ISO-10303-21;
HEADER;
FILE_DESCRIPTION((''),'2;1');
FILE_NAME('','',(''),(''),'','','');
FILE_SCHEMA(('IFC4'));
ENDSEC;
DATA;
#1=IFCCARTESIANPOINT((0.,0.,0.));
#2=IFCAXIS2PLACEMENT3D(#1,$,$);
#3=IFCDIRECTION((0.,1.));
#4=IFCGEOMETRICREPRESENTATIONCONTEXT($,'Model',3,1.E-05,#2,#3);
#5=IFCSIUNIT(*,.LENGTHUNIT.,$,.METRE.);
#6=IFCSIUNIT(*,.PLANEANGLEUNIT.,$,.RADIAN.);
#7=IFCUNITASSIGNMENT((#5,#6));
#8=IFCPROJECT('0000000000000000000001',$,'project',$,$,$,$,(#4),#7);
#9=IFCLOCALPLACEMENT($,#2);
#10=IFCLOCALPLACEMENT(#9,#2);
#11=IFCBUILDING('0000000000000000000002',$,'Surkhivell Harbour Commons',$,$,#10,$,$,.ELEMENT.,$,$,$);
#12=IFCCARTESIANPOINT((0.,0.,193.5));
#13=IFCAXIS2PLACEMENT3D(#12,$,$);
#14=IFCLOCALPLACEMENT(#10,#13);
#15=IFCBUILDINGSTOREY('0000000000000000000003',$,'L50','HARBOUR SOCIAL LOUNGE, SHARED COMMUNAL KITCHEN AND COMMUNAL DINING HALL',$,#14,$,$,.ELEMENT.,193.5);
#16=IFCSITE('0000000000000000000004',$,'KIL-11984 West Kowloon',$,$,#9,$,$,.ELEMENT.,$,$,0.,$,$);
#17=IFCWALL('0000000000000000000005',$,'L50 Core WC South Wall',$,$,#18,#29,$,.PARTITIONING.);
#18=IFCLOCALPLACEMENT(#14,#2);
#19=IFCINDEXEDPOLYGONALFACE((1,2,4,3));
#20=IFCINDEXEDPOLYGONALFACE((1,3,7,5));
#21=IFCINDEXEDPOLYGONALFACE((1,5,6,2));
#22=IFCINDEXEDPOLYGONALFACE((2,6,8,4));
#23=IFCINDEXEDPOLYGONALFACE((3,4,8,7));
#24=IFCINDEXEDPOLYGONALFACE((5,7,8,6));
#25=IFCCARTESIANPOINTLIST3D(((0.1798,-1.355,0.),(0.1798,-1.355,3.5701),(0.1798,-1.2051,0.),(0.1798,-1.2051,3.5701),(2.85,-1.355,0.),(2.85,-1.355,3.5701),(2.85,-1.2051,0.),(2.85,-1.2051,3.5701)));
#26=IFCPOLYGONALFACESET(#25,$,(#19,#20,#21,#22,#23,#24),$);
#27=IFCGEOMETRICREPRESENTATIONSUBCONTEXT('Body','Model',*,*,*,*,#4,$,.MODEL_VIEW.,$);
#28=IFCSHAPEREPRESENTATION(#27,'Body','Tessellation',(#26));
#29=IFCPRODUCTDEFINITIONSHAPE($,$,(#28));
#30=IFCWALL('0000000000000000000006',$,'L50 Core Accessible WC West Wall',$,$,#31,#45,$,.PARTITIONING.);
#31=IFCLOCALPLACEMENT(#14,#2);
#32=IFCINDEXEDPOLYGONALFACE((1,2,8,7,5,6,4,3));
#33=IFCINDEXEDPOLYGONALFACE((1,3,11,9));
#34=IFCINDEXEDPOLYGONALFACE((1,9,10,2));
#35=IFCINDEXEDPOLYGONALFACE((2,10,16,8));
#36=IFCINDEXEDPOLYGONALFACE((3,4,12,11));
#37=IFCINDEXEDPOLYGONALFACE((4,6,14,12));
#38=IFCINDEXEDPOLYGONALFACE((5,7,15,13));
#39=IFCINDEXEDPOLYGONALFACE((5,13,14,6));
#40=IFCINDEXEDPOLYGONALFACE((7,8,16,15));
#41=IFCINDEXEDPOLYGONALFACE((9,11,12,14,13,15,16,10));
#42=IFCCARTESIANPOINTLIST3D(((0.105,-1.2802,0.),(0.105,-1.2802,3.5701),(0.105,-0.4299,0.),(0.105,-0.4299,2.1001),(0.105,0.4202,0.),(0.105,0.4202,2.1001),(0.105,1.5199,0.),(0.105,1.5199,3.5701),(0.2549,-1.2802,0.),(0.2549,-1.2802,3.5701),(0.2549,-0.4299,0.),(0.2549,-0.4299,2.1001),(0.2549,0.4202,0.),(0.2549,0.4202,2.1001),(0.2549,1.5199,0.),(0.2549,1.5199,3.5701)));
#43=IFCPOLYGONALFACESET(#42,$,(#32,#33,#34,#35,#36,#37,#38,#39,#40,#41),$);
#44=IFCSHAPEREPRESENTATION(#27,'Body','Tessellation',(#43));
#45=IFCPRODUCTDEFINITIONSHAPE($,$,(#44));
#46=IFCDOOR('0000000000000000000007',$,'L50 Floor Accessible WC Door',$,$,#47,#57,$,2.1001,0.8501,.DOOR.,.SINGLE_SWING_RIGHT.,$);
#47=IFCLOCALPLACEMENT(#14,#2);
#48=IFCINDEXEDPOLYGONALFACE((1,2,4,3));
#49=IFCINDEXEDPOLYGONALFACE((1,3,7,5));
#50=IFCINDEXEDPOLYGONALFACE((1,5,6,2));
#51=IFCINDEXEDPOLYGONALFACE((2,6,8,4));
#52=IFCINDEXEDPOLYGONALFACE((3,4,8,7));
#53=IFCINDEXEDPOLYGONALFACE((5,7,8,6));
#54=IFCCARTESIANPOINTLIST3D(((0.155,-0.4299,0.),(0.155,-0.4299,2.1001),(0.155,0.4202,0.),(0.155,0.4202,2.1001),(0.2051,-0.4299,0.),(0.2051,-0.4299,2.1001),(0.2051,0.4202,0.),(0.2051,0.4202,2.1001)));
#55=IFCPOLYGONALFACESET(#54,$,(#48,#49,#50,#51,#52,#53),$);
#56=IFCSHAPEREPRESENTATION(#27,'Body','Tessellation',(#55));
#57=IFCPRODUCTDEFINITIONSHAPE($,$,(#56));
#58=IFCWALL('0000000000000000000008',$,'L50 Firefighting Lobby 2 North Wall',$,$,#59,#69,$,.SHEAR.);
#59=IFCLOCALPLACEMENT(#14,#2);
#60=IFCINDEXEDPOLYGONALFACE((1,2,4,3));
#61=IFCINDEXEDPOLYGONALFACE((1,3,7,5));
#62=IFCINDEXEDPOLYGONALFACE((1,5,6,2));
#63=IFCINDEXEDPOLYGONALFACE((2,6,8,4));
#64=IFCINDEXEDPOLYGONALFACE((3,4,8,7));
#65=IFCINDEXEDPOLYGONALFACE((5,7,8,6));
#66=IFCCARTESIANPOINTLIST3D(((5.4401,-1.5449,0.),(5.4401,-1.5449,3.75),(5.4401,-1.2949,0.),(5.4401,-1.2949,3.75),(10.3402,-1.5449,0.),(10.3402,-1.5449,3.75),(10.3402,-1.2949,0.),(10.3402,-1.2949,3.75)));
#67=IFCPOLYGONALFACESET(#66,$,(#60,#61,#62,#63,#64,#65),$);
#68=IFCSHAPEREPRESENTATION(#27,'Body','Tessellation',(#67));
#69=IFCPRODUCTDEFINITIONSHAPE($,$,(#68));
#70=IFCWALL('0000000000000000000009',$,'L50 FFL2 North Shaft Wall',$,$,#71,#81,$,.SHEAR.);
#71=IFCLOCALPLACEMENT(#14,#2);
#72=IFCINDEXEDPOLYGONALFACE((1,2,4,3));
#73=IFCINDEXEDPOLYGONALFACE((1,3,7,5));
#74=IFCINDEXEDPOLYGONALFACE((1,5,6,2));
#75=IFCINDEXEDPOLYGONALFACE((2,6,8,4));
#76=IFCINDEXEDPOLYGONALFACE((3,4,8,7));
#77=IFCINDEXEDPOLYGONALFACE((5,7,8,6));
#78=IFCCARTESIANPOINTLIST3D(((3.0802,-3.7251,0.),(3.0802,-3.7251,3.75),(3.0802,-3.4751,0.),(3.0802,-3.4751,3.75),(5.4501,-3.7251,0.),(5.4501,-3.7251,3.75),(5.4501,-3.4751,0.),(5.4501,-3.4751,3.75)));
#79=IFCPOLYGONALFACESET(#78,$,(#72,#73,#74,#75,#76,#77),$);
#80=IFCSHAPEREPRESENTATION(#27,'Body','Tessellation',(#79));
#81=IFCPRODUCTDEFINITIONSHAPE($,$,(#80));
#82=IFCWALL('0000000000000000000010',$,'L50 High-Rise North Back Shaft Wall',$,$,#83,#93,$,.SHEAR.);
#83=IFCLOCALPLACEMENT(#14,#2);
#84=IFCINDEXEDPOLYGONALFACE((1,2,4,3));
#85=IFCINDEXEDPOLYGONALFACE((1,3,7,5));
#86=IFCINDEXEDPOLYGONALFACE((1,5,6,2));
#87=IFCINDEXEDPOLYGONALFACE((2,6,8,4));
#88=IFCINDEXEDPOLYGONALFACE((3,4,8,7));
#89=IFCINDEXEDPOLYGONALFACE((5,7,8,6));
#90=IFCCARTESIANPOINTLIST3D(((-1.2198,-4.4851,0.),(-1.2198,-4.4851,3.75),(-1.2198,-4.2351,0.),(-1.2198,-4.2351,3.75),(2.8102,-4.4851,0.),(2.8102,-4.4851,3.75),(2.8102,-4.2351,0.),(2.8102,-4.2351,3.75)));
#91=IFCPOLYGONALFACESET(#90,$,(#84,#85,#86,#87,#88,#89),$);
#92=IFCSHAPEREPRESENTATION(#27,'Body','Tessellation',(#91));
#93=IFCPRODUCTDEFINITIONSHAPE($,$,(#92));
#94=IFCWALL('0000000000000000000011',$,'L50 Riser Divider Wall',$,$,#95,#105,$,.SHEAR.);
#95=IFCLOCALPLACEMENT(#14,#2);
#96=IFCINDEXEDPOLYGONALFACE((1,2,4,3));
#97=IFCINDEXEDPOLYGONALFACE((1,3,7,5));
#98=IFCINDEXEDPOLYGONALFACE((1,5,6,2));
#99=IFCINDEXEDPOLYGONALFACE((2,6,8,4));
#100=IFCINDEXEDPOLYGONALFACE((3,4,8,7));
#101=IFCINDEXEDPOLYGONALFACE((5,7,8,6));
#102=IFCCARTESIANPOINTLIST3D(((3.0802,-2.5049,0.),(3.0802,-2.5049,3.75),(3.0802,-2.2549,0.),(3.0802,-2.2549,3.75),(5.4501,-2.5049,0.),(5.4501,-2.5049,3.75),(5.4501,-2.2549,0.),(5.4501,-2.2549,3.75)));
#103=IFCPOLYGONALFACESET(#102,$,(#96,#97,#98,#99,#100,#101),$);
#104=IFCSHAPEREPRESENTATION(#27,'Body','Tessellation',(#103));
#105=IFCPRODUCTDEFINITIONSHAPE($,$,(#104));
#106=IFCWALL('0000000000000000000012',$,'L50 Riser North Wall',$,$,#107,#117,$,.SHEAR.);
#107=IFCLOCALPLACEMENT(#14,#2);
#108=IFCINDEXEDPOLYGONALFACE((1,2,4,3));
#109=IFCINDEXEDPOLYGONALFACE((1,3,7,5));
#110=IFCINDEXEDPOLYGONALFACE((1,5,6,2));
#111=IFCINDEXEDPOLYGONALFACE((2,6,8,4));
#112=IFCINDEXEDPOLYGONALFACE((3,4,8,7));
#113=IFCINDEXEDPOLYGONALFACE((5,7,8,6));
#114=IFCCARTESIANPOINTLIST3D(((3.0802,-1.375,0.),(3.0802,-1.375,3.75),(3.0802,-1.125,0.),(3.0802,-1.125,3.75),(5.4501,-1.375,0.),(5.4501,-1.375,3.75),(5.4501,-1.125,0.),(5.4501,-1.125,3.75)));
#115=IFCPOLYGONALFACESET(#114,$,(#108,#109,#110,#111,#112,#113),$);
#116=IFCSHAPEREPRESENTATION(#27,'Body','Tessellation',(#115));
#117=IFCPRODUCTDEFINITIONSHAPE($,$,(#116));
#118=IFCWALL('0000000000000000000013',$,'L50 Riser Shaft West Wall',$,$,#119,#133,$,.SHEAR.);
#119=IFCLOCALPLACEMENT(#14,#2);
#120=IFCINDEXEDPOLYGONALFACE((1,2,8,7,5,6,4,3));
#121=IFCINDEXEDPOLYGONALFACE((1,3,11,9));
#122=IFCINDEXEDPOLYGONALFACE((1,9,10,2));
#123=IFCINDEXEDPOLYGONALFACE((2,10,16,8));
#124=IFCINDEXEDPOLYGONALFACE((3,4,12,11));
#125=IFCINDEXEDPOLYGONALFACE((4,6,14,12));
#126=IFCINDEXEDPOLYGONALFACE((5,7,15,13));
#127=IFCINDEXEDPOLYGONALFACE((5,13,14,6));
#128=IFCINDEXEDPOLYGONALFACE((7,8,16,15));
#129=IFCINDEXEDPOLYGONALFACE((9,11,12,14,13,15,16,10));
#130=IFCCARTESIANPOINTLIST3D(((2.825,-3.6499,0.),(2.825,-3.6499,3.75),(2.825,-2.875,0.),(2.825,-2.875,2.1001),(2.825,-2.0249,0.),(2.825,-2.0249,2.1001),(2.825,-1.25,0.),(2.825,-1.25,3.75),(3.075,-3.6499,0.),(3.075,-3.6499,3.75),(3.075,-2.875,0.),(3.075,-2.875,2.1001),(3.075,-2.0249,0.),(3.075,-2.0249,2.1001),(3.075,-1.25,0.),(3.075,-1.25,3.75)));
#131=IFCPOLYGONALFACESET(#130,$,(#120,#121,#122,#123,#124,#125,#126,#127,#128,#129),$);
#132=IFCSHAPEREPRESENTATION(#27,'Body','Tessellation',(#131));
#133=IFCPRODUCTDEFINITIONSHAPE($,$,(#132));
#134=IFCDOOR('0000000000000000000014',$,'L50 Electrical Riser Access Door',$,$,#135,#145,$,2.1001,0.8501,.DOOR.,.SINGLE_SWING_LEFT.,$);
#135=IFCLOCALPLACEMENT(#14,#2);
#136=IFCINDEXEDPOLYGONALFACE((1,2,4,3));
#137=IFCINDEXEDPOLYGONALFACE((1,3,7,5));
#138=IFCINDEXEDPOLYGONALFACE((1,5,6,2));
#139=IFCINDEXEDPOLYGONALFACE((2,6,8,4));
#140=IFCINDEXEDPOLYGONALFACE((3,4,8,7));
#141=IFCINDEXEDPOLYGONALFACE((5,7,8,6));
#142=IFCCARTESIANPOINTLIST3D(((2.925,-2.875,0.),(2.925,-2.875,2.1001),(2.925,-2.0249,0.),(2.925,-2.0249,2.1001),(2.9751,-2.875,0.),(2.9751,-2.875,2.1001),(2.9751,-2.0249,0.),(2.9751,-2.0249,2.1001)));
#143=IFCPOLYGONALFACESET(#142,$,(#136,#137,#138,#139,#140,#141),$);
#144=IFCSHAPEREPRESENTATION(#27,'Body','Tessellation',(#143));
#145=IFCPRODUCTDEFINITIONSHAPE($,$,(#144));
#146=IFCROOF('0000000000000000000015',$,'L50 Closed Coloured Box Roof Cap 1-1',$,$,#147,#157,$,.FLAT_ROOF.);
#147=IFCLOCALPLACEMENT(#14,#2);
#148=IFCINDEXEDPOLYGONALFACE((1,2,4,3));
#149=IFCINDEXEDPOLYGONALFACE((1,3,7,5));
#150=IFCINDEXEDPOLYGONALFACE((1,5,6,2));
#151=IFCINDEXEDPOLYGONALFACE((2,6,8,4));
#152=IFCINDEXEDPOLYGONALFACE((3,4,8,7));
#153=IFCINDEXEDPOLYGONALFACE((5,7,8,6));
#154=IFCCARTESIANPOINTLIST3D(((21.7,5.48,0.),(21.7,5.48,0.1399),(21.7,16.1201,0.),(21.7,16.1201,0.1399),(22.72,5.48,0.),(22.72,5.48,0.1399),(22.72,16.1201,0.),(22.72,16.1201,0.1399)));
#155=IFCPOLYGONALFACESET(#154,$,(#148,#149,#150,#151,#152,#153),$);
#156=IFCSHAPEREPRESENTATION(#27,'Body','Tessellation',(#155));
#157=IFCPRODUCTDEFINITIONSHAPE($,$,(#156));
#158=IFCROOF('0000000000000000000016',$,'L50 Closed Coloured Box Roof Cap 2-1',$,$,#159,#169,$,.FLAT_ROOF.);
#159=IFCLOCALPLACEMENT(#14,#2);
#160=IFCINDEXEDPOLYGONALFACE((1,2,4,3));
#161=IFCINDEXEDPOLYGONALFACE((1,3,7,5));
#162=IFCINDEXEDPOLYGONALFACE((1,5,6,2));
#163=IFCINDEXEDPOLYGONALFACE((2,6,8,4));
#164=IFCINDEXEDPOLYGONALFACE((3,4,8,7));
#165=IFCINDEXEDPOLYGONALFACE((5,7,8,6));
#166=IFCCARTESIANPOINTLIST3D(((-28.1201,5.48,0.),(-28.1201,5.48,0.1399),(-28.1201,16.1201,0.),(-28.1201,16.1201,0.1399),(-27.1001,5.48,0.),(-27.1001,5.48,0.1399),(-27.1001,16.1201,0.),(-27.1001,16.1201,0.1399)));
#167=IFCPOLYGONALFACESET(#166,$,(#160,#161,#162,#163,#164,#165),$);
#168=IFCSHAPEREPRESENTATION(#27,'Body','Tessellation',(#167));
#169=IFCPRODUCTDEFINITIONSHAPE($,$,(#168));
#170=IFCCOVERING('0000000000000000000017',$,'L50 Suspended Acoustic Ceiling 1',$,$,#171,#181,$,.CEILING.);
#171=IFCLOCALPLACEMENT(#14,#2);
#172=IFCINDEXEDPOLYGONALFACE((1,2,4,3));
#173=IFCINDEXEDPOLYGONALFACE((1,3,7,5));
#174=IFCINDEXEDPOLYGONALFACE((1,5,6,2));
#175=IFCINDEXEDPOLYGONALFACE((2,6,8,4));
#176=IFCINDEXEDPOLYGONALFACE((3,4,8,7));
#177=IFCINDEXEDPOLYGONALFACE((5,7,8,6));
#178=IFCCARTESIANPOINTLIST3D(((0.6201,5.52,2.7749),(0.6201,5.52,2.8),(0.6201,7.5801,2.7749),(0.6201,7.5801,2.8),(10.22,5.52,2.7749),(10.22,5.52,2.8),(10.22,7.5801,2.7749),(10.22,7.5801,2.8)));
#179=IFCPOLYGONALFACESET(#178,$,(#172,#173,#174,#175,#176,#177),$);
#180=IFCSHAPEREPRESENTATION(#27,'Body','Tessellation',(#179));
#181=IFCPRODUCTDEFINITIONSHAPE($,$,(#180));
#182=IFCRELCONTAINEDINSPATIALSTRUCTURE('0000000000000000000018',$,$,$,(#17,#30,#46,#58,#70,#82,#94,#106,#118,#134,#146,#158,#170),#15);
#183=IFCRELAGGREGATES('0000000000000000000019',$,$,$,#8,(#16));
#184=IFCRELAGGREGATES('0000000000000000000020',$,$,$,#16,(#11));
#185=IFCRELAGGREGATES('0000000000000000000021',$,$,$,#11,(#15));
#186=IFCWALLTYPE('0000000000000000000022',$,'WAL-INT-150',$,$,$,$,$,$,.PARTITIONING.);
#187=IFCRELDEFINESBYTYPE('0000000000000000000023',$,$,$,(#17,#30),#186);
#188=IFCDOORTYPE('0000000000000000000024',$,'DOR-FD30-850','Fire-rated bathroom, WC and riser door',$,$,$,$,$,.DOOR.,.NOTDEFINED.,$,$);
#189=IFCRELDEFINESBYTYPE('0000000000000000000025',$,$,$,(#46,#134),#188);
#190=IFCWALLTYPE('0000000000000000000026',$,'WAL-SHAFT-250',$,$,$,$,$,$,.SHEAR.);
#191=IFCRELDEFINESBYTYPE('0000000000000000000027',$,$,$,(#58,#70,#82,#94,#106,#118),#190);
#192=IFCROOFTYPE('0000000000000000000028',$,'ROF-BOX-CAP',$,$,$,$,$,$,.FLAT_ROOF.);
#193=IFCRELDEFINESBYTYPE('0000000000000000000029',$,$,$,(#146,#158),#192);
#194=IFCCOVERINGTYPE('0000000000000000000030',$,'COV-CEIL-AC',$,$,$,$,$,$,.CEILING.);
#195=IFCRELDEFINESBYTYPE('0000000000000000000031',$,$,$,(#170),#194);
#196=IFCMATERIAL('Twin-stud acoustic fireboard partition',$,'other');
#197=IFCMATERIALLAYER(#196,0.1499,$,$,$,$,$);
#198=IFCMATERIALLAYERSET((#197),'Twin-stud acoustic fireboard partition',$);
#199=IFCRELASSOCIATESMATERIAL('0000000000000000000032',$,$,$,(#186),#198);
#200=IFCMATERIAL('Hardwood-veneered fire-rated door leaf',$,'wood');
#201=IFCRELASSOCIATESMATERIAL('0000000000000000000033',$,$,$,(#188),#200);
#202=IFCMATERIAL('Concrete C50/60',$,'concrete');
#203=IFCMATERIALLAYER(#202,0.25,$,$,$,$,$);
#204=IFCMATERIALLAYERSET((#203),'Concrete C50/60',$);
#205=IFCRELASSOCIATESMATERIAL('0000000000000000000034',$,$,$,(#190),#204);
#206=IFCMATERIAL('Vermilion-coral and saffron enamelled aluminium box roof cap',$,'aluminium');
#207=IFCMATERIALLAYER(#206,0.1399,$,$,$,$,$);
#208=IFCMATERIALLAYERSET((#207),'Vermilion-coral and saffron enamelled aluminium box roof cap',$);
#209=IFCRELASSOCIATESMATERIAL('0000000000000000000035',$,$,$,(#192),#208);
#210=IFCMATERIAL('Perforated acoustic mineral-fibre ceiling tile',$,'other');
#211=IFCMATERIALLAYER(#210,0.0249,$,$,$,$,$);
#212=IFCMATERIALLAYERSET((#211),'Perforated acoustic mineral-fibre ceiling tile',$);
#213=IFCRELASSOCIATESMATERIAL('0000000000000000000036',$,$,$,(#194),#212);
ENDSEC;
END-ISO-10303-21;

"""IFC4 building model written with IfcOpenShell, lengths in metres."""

from ifc_helpers import new_model, si_unit, direction, frame, frame_2d, origin, place, context, subcontext, project, spatial, polyline, rectangle, outline, extrude, material, layer, layer_set, type_object, element, fill, save


model = new_model("IFC4")

# Units and contexts
model_context = context("Model", 3, precision=1e-05, world=origin(), true_north=direction((0.0, 1.0)))
body_context = subcontext(model_context, "Body", "Model", "MODEL_VIEW")
ifc_project = project(units=[si_unit("LENGTHUNIT", "METRE"), si_unit("PLANEANGLEUNIT", "RADIAN")], contexts=[model_context])

# Site, building, storey
site_placement = place(None, origin())
site = spatial("IfcSite", under=ifc_project, at=site_placement, Name="KIL-11984 West Kowloon", CompositionType="ELEMENT", RefElevation=0.0)
building_placement = place(site_placement, origin())
building = spatial("IfcBuilding", under=site, at=building_placement, Name="Surkhivell Harbour Commons", CompositionType="ELEMENT")
storey_placement = place(building_placement, frame((0.0, 0.0, 193.5)))
storey = spatial("IfcBuildingStorey", under=building, at=storey_placement, Name="L50", Description="HARBOUR SOCIAL LOUNGE, SHARED COMMUNAL KITCHEN AND COMMUNAL DINING HALL", CompositionType="ELEMENT", Elevation=193.5)

# Wall
ifc_material_1 = material(Name="Twin-stud acoustic fireboard partition", Category="other")
ifc_layer_1 = layer(ifc_material_1, 0.1499)
ifc_layer_set_1 = layer_set([ifc_layer_1], Name="Twin-stud acoustic fireboard partition")
wall_type_1 = type_object("IfcWallType", Name="WAL-INT-150", PredefinedType="PARTITIONING", material=ifc_layer_set_1)
wall_1_placement = place(storey_placement, frame((0.1799, -1.28, 0.0), z_axis=(0.0, 0.0, 1.0), x_axis=(1.0, 0.0, 0.0)))
element("IfcWall", 1, at=wall_1_placement, inside=storey, type_object=wall_type_1, Name="L50 Core WC South Wall", PredefinedType="PARTITIONING", context=body_context, shape_type="SweptSolid", body=[
    extrude(rectangle(XDim=2.6702, YDim=0.1499, at=frame_2d((1.335, 0.0))), origin(), (0.0, 0.0, 1.0), 3.5701),
])

# Wall, opening, door
wall_2_placement = place(storey_placement, frame((0.1799, -1.28, 0.0), z_axis=(0.0, 0.0, 1.0), x_axis=(0.0, 1.0, 0.0)))
wall_2 = element("IfcWall", 2, at=wall_2_placement, inside=storey, type_object=wall_type_1, Name="L50 Core Accessible WC West Wall", PredefinedType="PARTITIONING", context=body_context, shape_type="SweptSolid", body=[
    extrude(rectangle(XDim=2.8, YDim=0.1499, at=frame_2d((1.3999, 0.0))), origin(), (0.0, 0.0, 1.0), 3.5701),
])
opening_1_placement = place(wall_2_placement, frame((0.8501, 0.0, 0.0)))
opening_1 = element("IfcOpeningElement", 3, at=opening_1_placement, cuts=wall_2, PredefinedType="OPENING", context=body_context, shape_type="SweptSolid", body=[
    extrude(rectangle(XDim=0.8501, YDim=2.1001, at=frame_2d((0.425, 1.05))), frame((0.0, 0.085, 0.0), z_axis=(0.0, -1.0, 0.0), x_axis=(1.0, 0.0, 0.0)), (0.0, 0.0, 1.0), 0.1699),
])
ifc_material_2 = material(Name="Hardwood-veneered fire-rated door leaf", Category="wood")
door_type = type_object("IfcDoorType", Name="DOR-FD30-850", Description="Fire-rated bathroom, WC and riser door", OperationType="NOTDEFINED", PredefinedType="DOOR", material=ifc_material_2)
door_1_placement = place(opening_1_placement, origin())
door_1 = element("IfcDoor", 4, at=door_1_placement, inside=storey, type_object=door_type, Name="L50 Floor Accessible WC Door", OperationType="SINGLE_SWING_RIGHT", OverallHeight=2.1001, OverallWidth=0.8501, PredefinedType="DOOR", context=body_context, shape_type="SweptSolid", body=[
    extrude(rectangle(XDim=0.8501, YDim=2.1001, at=frame_2d((0.425, 1.05))), frame((0.0, 0.0249, 0.0), z_axis=(0.0, -1.0, 0.0), x_axis=(1.0, 0.0, 0.0)), (0.0, 0.0, 1.0), 0.05),
])
fill(opening_1, door_1)

# Walls
ifc_material_3 = material(Name="Concrete C50/60", Category="concrete")
ifc_layer_2 = layer(ifc_material_3, 0.25)
ifc_layer_set_2 = layer_set([ifc_layer_2], Name="Concrete C50/60")
wall_type_2 = type_object("IfcWallType", Name="WAL-SHAFT-250", PredefinedType="SHEAR", material=ifc_layer_set_2)
wall_3_placement = place(storey_placement, frame((5.4399, -1.4199, 0.0), z_axis=(0.0, 0.0, 1.0), x_axis=(1.0, 0.0, 0.0)))
element("IfcWall", 5, at=wall_3_placement, inside=storey, type_object=wall_type_2, Name="L50 Firefighting Lobby 2 North Wall", PredefinedType="SHEAR", context=body_context, shape_type="SweptSolid", body=[
    extrude(rectangle(XDim=4.9001, YDim=0.25, at=frame_2d((2.4502, 0.0))), origin(), (0.0, 0.0, 1.0), 3.75),
])
wall_4_placement = place(storey_placement, frame((3.0801, -3.6001, 0.0), z_axis=(0.0, 0.0, 1.0), x_axis=(1.0, 0.0, 0.0)))
element("IfcWall", 6, at=wall_4_placement, inside=storey, type_object=wall_type_2, Name="L50 FFL2 North Shaft Wall", PredefinedType="SHEAR", context=body_context, shape_type="SweptSolid", body=[
    extrude(rectangle(XDim=2.3699, YDim=0.25, at=frame_2d((1.1851, 0.0))), origin(), (0.0, 0.0, 1.0), 3.75),
])
wall_5_placement = place(storey_placement, frame((-1.22, -4.3601, 0.0), z_axis=(0.0, 0.0, 1.0), x_axis=(1.0, 0.0, 0.0)))
element("IfcWall", 7, at=wall_5_placement, inside=storey, type_object=wall_type_2, Name="L50 High-Rise North Back Shaft Wall", PredefinedType="SHEAR", context=body_context, shape_type="SweptSolid", body=[
    extrude(rectangle(XDim=4.03, YDim=0.25, at=frame_2d((2.0151, 0.0))), origin(), (0.0, 0.0, 1.0), 3.75),
])
for number, where, z_axis, x_axis, name in (
    (8, (3.0801, -2.3799, 0.0), (0.0, 0.0, 1.0), (1.0, 0.0, 0.0), "L50 Riser Divider Wall"),
    (9, (3.0801, -1.25, 0.0), (0.0, 0.0, 1.0), (1.0, 0.0, 0.0), "L50 Riser North Wall"),
):
    element("IfcWall", number, at=place(storey_placement, frame(where, z_axis=z_axis, x_axis=x_axis)), inside=storey, type_object=wall_type_2, Name=name, PredefinedType="SHEAR", context=body_context, shape_type="SweptSolid", body=[
        extrude(rectangle(XDim=2.3699, YDim=0.25, at=frame_2d((1.1851, 0.0))), origin(), (0.0, 0.0, 1.0), 3.75),
    ])

# Wall, opening, door
wall_6_placement = place(storey_placement, frame((2.95, -3.6499, 0.0), z_axis=(0.0, 0.0, 1.0), x_axis=(0.0, 1.0, 0.0)))
wall_6 = element("IfcWall", 10, at=wall_6_placement, inside=storey, type_object=wall_type_2, Name="L50 Riser Shaft West Wall", PredefinedType="SHEAR", context=body_context, shape_type="SweptSolid", body=[
    extrude(rectangle(XDim=2.3999, YDim=0.25, at=frame_2d((1.2, 0.0))), origin(), (0.0, 0.0, 1.0), 3.75),
])
opening_2_placement = place(wall_6_placement, frame((0.7749, 0.0, 0.0)))
opening_2 = element("IfcOpeningElement", 11, at=opening_2_placement, cuts=wall_6, PredefinedType="OPENING", context=body_context, shape_type="SweptSolid", body=[
    extrude(rectangle(XDim=0.8501, YDim=2.1001, at=frame_2d((0.425, 1.05))), frame((0.0, 0.135, 0.0), z_axis=(0.0, -1.0, 0.0), x_axis=(1.0, 0.0, 0.0)), (0.0, 0.0, 1.0), 0.27),
])
door_2_placement = place(opening_2_placement, origin())
door_2 = element("IfcDoor", 12, at=door_2_placement, inside=storey, type_object=door_type, Name="L50 Electrical Riser Access Door", OperationType="SINGLE_SWING_LEFT", OverallHeight=2.1001, OverallWidth=0.8501, PredefinedType="DOOR", context=body_context, shape_type="SweptSolid", body=[
    extrude(rectangle(XDim=0.8501, YDim=2.1001, at=frame_2d((0.425, 1.05))), frame((0.0, 0.0249, 0.0), z_axis=(0.0, -1.0, 0.0), x_axis=(1.0, 0.0, 0.0)), (0.0, 0.0, 1.0), 0.05),
])
fill(opening_2, door_2)

# Roofs
ifc_material_4 = material(Name="Vermilion-coral and saffron enamelled aluminium box roof cap", Category="aluminium")
ifc_layer_3 = layer(ifc_material_4, 0.1399)
ifc_layer_set_3 = layer_set([ifc_layer_3], Name="Vermilion-coral and saffron enamelled aluminium box roof cap")
roof_type = type_object("IfcRoofType", Name="ROF-BOX-CAP", PredefinedType="FLAT_ROOF", material=ifc_layer_set_3)
roof_1_placement = place(storey_placement, origin())
element("IfcRoof", 13, at=roof_1_placement, inside=storey, type_object=roof_type, Name="L50 Closed Coloured Box Roof Cap 1-1", PredefinedType="FLAT_ROOF", context=body_context, shape_type="SweptSolid", body=[
    extrude(outline(polyline([(21.7, 16.1201), (21.7, 5.48), (22.72, 5.48), (22.72, 16.1201), (21.7, 16.1201)])), origin(), (0.0, 0.0, 1.0), 0.1399),
])
roof_2_placement = place(storey_placement, origin())
element("IfcRoof", 14, at=roof_2_placement, inside=storey, type_object=roof_type, Name="L50 Closed Coloured Box Roof Cap 2-1", PredefinedType="FLAT_ROOF", context=body_context, shape_type="SweptSolid", body=[
    extrude(outline(polyline([(-27.1001, 5.48), (-27.1001, 16.1201), (-28.1201, 16.1201), (-28.1201, 5.48), (-27.1001, 5.48)])), origin(), (0.0, 0.0, 1.0), 0.1399),
])

# Covering
ifc_material_5 = material(Name="Perforated acoustic mineral-fibre ceiling tile", Category="other")
ifc_layer_4 = layer(ifc_material_5, 0.0249)
ifc_layer_set_4 = layer_set([ifc_layer_4], Name="Perforated acoustic mineral-fibre ceiling tile")
covering_type_1 = type_object("IfcCoveringType", Name="COV-CEIL-AC", PredefinedType="CEILING", material=ifc_layer_set_4)
covering_1_placement = place(storey_placement, frame((0.0, 0.0, 2.7749)))
element("IfcCovering", 15, at=covering_1_placement, inside=storey, type_object=covering_type_1, Name="L50 Suspended Acoustic Ceiling 1", PredefinedType="CEILING", context=body_context, shape_type="SweptSolid", body=[
    extrude(outline(polyline([(0.6201, 5.52), (10.22, 5.52), (10.22, 7.5801), (0.6201, 7.5801), (0.6201, 5.52)])), origin(), (0.0, 0.0, 1.0), 0.0251),
])

save(model, "model.ifc")
